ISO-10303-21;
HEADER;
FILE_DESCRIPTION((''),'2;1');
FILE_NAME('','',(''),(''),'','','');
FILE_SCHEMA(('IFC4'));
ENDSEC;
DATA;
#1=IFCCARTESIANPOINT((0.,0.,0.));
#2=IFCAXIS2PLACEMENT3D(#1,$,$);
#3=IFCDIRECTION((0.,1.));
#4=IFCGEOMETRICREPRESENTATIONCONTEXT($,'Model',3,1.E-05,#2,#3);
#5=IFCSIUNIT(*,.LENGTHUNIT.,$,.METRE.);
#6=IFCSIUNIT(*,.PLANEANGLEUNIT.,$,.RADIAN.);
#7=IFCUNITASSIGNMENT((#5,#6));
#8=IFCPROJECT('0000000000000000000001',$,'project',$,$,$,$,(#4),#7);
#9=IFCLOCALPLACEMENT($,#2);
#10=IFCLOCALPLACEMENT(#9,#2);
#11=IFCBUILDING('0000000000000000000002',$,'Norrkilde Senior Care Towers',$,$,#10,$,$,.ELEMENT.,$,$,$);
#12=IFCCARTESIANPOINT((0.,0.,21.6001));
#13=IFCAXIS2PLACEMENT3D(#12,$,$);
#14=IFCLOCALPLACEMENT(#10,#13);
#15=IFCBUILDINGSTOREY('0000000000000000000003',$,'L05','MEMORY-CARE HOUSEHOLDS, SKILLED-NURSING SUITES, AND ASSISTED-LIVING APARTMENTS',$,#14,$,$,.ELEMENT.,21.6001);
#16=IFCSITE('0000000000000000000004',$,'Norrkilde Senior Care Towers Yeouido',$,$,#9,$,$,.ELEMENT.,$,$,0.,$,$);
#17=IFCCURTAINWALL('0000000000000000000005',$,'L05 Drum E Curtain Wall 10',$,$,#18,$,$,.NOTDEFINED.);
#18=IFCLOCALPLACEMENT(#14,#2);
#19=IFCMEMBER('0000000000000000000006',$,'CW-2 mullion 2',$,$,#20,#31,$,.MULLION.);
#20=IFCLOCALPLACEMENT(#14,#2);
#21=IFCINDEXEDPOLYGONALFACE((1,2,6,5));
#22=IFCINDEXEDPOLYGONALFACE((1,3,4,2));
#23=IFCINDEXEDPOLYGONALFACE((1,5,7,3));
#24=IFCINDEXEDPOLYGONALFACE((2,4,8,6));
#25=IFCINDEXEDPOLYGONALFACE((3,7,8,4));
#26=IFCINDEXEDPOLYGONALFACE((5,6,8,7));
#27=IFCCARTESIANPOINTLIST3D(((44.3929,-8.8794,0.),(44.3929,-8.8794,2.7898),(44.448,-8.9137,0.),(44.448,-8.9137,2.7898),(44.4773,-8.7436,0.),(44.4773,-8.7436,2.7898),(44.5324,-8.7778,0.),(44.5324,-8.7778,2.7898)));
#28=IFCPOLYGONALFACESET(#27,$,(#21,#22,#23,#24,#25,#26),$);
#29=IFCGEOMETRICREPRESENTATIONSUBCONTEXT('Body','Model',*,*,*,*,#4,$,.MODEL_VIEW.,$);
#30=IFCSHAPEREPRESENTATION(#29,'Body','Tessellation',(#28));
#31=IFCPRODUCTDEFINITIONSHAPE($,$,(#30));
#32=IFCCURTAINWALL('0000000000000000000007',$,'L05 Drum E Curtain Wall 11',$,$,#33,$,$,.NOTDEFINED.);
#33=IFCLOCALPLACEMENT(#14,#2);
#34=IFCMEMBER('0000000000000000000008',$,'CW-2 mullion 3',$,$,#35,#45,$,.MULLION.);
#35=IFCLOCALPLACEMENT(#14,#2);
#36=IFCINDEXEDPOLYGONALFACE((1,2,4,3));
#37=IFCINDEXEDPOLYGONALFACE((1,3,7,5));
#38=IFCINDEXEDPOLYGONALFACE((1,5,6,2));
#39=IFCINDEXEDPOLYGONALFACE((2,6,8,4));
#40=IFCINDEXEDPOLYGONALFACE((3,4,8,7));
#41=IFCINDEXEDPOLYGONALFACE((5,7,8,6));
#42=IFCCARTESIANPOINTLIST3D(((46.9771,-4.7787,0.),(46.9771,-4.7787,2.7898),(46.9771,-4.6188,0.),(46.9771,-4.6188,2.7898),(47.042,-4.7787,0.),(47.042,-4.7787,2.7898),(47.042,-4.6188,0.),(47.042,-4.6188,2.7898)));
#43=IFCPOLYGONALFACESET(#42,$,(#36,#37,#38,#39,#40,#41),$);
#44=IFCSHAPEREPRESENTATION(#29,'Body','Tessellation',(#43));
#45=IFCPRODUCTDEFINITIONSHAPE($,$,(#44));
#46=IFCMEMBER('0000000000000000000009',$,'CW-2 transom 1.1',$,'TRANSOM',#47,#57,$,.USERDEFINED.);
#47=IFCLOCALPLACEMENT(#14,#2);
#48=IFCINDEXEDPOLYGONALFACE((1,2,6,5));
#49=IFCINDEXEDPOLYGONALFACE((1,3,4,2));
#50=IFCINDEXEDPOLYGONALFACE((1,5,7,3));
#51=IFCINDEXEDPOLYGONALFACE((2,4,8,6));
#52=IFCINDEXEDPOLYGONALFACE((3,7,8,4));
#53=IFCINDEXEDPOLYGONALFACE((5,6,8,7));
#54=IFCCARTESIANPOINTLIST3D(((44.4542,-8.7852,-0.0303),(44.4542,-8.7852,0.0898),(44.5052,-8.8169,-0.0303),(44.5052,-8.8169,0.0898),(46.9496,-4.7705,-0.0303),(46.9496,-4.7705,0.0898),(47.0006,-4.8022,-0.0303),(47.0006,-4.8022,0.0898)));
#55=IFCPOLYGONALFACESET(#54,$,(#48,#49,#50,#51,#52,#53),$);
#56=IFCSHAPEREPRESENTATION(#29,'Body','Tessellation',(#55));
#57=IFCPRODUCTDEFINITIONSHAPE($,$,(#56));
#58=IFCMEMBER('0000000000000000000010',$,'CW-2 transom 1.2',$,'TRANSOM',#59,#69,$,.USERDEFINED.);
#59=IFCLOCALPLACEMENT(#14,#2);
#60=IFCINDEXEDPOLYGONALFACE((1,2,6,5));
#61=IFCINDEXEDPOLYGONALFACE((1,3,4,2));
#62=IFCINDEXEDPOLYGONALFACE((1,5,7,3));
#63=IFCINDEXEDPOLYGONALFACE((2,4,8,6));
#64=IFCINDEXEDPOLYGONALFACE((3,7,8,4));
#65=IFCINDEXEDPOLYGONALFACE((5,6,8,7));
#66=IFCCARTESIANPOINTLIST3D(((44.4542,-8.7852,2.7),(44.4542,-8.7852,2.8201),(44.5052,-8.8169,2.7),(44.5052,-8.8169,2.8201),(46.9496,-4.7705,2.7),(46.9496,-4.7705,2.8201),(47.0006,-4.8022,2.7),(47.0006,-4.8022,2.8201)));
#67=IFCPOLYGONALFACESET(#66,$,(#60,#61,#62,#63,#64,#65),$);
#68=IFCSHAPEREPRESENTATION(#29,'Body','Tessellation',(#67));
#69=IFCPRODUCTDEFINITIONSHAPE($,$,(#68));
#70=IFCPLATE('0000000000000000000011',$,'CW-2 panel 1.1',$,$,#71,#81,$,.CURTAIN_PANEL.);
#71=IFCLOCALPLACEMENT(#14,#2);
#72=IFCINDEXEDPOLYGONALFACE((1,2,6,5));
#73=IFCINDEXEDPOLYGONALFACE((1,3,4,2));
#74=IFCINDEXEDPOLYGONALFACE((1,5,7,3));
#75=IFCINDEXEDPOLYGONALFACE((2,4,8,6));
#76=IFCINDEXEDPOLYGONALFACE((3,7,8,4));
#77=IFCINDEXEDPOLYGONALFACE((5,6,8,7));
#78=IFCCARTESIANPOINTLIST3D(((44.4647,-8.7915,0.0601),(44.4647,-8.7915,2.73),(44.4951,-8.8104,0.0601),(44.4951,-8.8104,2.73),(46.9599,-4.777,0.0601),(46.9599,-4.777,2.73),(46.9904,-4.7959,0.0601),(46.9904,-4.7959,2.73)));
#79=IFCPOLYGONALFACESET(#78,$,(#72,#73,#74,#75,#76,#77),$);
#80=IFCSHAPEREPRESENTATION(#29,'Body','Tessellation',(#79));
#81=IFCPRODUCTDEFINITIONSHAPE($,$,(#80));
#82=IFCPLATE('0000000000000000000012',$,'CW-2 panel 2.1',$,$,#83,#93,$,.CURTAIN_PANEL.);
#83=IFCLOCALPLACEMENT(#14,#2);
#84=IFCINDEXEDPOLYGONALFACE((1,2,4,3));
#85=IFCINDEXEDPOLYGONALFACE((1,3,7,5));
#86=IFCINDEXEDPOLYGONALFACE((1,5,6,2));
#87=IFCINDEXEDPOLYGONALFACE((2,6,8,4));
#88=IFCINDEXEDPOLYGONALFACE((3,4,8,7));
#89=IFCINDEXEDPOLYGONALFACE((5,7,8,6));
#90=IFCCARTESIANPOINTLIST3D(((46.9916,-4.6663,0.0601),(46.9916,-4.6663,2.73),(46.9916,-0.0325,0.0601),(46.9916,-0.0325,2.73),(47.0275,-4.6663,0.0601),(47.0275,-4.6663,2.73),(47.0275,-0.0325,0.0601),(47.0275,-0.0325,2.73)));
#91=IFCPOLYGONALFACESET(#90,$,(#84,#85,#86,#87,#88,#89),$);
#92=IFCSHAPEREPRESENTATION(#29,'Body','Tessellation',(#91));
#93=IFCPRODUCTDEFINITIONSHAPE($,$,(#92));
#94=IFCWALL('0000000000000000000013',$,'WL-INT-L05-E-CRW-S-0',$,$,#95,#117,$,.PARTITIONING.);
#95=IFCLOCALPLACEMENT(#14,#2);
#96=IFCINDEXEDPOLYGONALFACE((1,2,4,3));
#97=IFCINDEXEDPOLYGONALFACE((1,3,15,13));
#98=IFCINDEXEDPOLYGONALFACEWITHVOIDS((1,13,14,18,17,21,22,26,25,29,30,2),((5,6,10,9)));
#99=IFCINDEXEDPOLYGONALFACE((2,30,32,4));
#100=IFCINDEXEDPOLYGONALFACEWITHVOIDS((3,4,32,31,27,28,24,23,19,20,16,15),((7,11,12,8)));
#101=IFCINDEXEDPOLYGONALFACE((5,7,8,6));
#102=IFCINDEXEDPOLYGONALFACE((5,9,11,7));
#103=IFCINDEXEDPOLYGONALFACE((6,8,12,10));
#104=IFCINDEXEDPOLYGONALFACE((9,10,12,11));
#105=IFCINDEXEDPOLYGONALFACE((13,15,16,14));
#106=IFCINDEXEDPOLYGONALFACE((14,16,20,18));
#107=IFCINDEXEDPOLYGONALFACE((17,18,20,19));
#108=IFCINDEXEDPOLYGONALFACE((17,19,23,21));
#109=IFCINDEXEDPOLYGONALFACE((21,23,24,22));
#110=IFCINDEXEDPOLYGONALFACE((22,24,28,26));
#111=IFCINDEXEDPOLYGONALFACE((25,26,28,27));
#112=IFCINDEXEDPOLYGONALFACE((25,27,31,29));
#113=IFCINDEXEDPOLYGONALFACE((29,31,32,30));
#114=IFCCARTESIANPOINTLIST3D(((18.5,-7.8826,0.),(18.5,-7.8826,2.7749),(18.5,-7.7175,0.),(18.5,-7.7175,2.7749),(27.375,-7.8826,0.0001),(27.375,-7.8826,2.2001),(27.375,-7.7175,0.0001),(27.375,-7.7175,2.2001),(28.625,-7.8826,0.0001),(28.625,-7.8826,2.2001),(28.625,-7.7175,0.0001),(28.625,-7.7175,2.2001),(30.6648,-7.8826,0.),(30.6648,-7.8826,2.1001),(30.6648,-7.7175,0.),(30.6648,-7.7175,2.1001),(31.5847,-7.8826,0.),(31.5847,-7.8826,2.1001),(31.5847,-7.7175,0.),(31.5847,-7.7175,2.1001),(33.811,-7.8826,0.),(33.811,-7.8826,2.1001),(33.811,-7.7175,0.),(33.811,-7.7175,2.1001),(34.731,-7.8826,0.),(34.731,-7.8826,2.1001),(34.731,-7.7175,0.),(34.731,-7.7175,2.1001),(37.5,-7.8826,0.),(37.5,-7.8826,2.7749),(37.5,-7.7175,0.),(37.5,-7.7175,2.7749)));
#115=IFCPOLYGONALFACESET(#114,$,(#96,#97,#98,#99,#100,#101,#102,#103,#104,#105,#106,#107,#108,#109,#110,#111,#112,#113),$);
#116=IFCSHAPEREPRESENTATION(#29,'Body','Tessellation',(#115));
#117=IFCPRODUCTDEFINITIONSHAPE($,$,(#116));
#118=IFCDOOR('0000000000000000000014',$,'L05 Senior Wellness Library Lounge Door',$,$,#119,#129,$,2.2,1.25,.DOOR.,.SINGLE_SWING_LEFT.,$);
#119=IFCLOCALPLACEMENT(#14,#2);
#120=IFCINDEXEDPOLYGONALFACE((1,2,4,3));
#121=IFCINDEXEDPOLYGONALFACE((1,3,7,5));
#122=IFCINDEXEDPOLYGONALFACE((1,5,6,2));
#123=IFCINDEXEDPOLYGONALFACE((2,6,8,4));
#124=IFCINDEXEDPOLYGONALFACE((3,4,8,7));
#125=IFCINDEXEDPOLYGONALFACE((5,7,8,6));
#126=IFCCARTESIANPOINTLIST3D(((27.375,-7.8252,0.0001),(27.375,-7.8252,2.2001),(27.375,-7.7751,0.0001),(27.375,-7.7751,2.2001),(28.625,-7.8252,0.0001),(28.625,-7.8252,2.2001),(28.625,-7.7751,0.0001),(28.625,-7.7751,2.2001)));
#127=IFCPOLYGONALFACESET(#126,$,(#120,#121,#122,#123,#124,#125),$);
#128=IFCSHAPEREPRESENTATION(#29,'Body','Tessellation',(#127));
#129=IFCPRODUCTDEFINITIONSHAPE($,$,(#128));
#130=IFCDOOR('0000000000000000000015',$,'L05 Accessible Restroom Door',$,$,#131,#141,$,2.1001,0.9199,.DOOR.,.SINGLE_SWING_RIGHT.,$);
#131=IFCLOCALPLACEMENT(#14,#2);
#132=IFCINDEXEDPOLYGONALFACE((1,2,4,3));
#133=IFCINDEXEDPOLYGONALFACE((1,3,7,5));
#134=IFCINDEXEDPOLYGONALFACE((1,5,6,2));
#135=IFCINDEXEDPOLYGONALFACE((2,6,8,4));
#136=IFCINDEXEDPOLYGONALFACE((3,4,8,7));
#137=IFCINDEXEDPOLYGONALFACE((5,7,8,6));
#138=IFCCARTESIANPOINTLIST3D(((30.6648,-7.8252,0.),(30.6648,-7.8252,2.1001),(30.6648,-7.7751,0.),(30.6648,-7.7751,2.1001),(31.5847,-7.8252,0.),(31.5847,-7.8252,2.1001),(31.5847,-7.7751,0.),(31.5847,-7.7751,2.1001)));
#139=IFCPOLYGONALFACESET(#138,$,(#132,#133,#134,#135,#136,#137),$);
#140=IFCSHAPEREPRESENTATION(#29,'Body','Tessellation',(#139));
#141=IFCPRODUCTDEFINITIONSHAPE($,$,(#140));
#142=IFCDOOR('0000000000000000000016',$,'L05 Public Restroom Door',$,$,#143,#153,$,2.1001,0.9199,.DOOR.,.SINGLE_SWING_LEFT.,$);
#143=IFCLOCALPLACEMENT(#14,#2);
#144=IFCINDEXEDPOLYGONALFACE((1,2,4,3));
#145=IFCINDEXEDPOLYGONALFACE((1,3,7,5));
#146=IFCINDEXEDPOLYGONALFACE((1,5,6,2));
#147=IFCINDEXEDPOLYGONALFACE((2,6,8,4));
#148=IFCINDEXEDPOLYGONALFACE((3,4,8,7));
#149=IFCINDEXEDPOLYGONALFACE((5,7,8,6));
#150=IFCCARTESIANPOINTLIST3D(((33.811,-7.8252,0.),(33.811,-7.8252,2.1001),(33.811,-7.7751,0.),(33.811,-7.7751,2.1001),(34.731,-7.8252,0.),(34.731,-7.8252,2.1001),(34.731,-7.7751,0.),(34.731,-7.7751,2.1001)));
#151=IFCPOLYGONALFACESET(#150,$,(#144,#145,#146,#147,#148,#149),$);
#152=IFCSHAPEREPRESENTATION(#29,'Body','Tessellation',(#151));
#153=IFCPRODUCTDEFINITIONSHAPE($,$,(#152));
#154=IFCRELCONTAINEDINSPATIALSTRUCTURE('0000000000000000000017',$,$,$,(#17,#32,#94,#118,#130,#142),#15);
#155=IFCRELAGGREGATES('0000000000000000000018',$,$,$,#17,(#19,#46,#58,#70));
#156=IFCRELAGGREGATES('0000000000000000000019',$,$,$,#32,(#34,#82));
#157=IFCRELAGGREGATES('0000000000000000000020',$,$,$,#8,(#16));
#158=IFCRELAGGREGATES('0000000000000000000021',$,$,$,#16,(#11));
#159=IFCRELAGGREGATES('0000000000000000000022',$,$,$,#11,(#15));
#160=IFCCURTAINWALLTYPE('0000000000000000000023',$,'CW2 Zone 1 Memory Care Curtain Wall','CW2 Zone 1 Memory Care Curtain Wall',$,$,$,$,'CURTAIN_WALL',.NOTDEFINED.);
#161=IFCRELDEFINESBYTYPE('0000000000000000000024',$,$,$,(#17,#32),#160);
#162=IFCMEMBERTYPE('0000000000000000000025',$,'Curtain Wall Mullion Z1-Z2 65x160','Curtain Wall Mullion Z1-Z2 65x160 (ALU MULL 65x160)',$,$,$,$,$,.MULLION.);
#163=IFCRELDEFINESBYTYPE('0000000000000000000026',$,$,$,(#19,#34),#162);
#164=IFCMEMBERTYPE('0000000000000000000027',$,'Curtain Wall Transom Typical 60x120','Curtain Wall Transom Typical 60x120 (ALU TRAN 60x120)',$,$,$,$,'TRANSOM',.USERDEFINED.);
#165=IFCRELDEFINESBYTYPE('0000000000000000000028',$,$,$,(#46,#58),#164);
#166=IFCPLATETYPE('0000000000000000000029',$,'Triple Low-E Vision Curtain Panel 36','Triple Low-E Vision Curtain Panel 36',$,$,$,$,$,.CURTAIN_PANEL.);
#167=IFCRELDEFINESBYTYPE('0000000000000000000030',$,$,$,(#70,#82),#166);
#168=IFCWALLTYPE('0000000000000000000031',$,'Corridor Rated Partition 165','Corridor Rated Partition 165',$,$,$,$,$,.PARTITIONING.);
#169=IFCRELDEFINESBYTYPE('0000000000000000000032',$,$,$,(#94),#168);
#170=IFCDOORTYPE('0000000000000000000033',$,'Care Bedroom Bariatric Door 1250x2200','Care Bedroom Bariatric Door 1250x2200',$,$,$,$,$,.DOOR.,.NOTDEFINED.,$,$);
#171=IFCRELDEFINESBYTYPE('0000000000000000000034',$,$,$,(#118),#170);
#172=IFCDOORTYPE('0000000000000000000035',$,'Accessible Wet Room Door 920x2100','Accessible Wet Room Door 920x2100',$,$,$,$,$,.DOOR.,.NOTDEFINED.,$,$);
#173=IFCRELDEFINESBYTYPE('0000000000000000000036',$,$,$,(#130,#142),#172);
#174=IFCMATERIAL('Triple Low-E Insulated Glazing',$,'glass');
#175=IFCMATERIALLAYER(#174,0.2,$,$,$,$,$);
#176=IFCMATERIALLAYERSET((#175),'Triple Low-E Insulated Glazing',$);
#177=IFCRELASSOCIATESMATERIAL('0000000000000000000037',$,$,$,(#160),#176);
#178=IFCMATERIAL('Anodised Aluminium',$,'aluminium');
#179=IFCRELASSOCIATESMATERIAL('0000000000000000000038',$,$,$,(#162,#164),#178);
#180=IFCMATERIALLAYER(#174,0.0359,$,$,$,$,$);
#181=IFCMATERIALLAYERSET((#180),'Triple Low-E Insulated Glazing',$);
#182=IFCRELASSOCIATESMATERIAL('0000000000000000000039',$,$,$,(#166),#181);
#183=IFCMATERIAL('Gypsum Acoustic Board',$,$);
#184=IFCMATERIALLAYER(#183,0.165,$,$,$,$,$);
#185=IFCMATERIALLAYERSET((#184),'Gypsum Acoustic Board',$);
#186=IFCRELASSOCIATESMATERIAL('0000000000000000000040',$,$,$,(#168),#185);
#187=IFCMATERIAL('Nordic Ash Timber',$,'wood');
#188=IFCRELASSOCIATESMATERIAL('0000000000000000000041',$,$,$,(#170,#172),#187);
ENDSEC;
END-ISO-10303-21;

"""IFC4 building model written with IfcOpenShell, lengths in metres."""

from ifc_helpers import new_model, si_unit, direction, frame, frame_2d, origin, origin_2d, place, context, subcontext, project, spatial, rectangle, extrude, source, transform, mapped, material, layer, layer_set, material_profile, profile_set, type_object, type_shapes, element, fill, aggregate, save


model = new_model("IFC4")

# Units and contexts
model_context = context("Model", 3, precision=1e-05, world=origin(), true_north=direction((0.0, 1.0)))
body_context = subcontext(model_context, "Body", "Model", "MODEL_VIEW")
ifc_project = project(units=[si_unit("LENGTHUNIT", "METRE"), si_unit("PLANEANGLEUNIT", "RADIAN")], contexts=[model_context])

# Site, building, storey
site_placement = place(None, origin())
site = spatial("IfcSite", under=ifc_project, at=site_placement, Name="Norrkilde Senior Care Towers Yeouido", CompositionType="ELEMENT", RefElevation=0.0)
building_placement = place(site_placement, origin())
building = spatial("IfcBuilding", under=site, at=building_placement, Name="Norrkilde Senior Care Towers", CompositionType="ELEMENT")
storey_placement = place(building_placement, frame((0.0, 0.0, 21.6001)))
storey = spatial("IfcBuildingStorey", under=building, at=storey_placement, Name="L05", Description="MEMORY-CARE HOUSEHOLDS, SKILLED-NURSING SUITES, AND ASSISTED-LIVING APARTMENTS", CompositionType="ELEMENT", Elevation=21.6001)

# Curtain wall, member
ifc_material_1 = material(Name="Triple Low-E Insulated Glazing", Category="glass")
ifc_layer_1 = layer(ifc_material_1, 0.2)
ifc_layer_set_1 = layer_set([ifc_layer_1], Name="Triple Low-E Insulated Glazing")
curtain_wall_type = type_object("IfcCurtainWallType", Name="CW2 Zone 1 Memory Care Curtain Wall", Description="CW2 Zone 1 Memory Care Curtain Wall", ElementType="CURTAIN_WALL", PredefinedType="NOTDEFINED", material=ifc_layer_set_1)
curtain_wall_1_placement = place(storey_placement, origin())
curtain_wall_1 = element("IfcCurtainWall", 1, at=curtain_wall_1_placement, inside=storey, type_object=curtain_wall_type, Name="L05 Drum E Curtain Wall 10", PredefinedType="NOTDEFINED")
ifc_material_2 = material(Name="Anodised Aluminium", Category="aluminium")
ifc_material_profile_1 = material_profile(ifc_material_2, rectangle(XDim=0.0649, YDim=0.1599, at=origin_2d()), Name="ALU MULL 65x160")
ifc_profile_set_1 = profile_set([ifc_material_profile_1], Name="Anodised Aluminium")
member_type_1 = type_object("IfcMemberType", Name="Curtain Wall Mullion Z1-Z2 65x160", Description="Curtain Wall Mullion Z1-Z2 65x160 (ALU MULL 65x160)", PredefinedType="MULLION", material=ifc_profile_set_1)
shared_shape_1 = source(origin(), body_context, "Body", "SweptSolid", [
    extrude(rectangle(XDim=0.0649, YDim=0.1599, at=origin_2d()), origin(), (0.0, 0.0, 1.0), 2.7898),
])
type_shapes(member_type_1, [shared_shape_1])
member_1_placement = place(storey_placement, frame((44.4626, -8.8286, 0.0), z_axis=(0.0, 0.0, 1.0), x_axis=(0.849306, -0.527901, 0.0)))
member_1 = element("IfcMember", 2, at=member_1_placement, type_object=member_type_1, Name="CW-2 mullion 2", PredefinedType="MULLION", context=body_context, shape_type="MappedRepresentation", body=[
    mapped(shared_shape_1, transform((0.0, 0.0, 0.0), x_axis=(1.0, 0.0, 0.0), y_axis=(0.0, 1.0, 0.0), z_axis=(0.0, 0.0, 1.0), scale=1.0)),
])

# Curtain wall, member
curtain_wall_2_placement = place(storey_placement, origin())
curtain_wall_2 = element("IfcCurtainWall", 3, at=curtain_wall_2_placement, inside=storey, type_object=curtain_wall_type, Name="L05 Drum E Curtain Wall 11", PredefinedType="NOTDEFINED")
member_2_placement = place(storey_placement, frame((47.0095, -4.6987, 0.0), z_axis=(0.0, 0.0, 1.0), x_axis=(1.0, 0.0, 0.0)))
member_2 = element("IfcMember", 4, at=member_2_placement, type_object=member_type_1, Name="CW-2 mullion 3", PredefinedType="MULLION", context=body_context, shape_type="MappedRepresentation", body=[
    mapped(shared_shape_1, transform((0.0, 0.0, 0.0), x_axis=(1.0, 0.0, 0.0), y_axis=(0.0, 1.0, 0.0), z_axis=(0.0, 0.0, 1.0), scale=1.0)),
])

# Members
ifc_material_profile_2 = material_profile(ifc_material_2, rectangle(XDim=0.0601, YDim=0.1201, at=origin_2d()), Name="ALU TRAN 60x120")
ifc_profile_set_2 = profile_set([ifc_material_profile_2], Name="Anodised Aluminium")
member_type_2 = type_object("IfcMemberType", Name="Curtain Wall Transom Typical 60x120", Description="Curtain Wall Transom Typical 60x120 (ALU TRAN 60x120)", ElementType="TRANSOM", PredefinedType="USERDEFINED", material=ifc_profile_set_2)
shared_shape_2 = source(origin(), body_context, "Body", "SweptSolid", [
    extrude(rectangle(XDim=0.0601, YDim=0.1201, at=origin_2d()), origin(), (0.0, 0.0, 1.0), 4.7271),
])
type_shapes(member_type_2, [shared_shape_2])
member_3_placement = place(storey_placement, frame((46.9751, -4.7864, 0.0298), z_axis=(-0.527899, -0.849307, 0.0), x_axis=(0.849307, -0.527899, 0.0)))
member_3 = element("IfcMember", 5, at=member_3_placement, type_object=member_type_2, Name="CW-2 transom 1.1", ObjectType="TRANSOM", PredefinedType="USERDEFINED", context=body_context, shape_type="MappedRepresentation", body=[
    mapped(shared_shape_2, transform((0.0, 0.0, 0.0), x_axis=(1.0, 0.0, 0.0), y_axis=(0.0, 1.0, 0.0), z_axis=(0.0, 0.0, 1.0), scale=1.0)),
])
member_4_placement = place(storey_placement, frame((46.9751, -4.7864, 2.76), z_axis=(-0.527899, -0.849307, 0.0), x_axis=(0.849307, -0.527899, 0.0)))
member_4 = element("IfcMember", 6, at=member_4_placement, type_object=member_type_2, Name="CW-2 transom 1.2", ObjectType="TRANSOM", PredefinedType="USERDEFINED", context=body_context, shape_type="MappedRepresentation", body=[
    mapped(shared_shape_2, transform((0.0, 0.0, 0.0), x_axis=(1.0, 0.0, 0.0), y_axis=(0.0, 1.0, 0.0), z_axis=(0.0, 0.0, 1.0), scale=1.0)),
])

# Plates
ifc_layer_2 = layer(ifc_material_1, 0.0359)
ifc_layer_set_2 = layer_set([ifc_layer_2], Name="Triple Low-E Insulated Glazing")
plate_type = type_object("IfcPlateType", Name="Triple Low-E Vision Curtain Panel 36", Description="Triple Low-E Vision Curtain Panel 36", PredefinedType="CURTAIN_PANEL", material=ifc_layer_set_2)
shared_shape_3 = source(origin(), body_context, "Body", "SweptSolid", [
    extrude(rectangle(XDim=4.7268, YDim=0.0359, at=origin_2d()), origin(), (0.0, 0.0, 1.0), 2.6699),
])
plate_1_placement = place(storey_placement, frame((45.7275, -6.7937, 0.0601), z_axis=(0.0, 0.0, 1.0), x_axis=(-0.527901, -0.849306, 0.0)))
plate_1 = element("IfcPlate", 7, at=plate_1_placement, type_object=plate_type, Name="CW-2 panel 1.1", PredefinedType="CURTAIN_PANEL", context=body_context, shape_type="MappedRepresentation", body=[
    mapped(shared_shape_3, transform((0.0, 0.0, 0.0), x_axis=(1.0, 0.0, 0.0), y_axis=(0.0, 1.0, 0.0), z_axis=(0.0, 0.0, 1.0), scale=1.0)),
])
aggregate(curtain_wall_1, [member_1, member_3, member_4, plate_1])
shared_shape_4 = source(origin(), body_context, "Body", "SweptSolid", [
    extrude(rectangle(XDim=4.6338, YDim=0.0359, at=origin_2d()), origin(), (0.0, 0.0, 1.0), 2.6699),
])
type_shapes(plate_type, [shared_shape_3, shared_shape_4])
plate_2_placement = place(storey_placement, frame((47.0095, -2.3494, 0.0601), z_axis=(0.0, 0.0, 1.0), x_axis=(0.0, -1.0, 0.0)))
plate_2 = element("IfcPlate", 8, at=plate_2_placement, type_object=plate_type, Name="CW-2 panel 2.1", PredefinedType="CURTAIN_PANEL", context=body_context, shape_type="MappedRepresentation", body=[
    mapped(shared_shape_4, transform((0.0, 0.0, 0.0), x_axis=(1.0, 0.0, 0.0), y_axis=(0.0, 1.0, 0.0), z_axis=(0.0, 0.0, 1.0), scale=1.0)),
])
aggregate(curtain_wall_2, [member_2, plate_2])

# Wall, openings, doors
ifc_material_3 = material(Name="Gypsum Acoustic Board")
ifc_layer_3 = layer(ifc_material_3, 0.165)
ifc_layer_set_3 = layer_set([ifc_layer_3], Name="Gypsum Acoustic Board")
wall_type_1 = type_object("IfcWallType", Name="Corridor Rated Partition 165", Description="Corridor Rated Partition 165", PredefinedType="PARTITIONING", material=ifc_layer_set_3)
shared_shape_5 = source(origin(), body_context, "Body", "SweptSolid", [
    extrude(rectangle(XDim=19.0, YDim=0.165, at=frame_2d((9.5, 0.0))), origin(), (0.0, 0.0, 1.0), 2.7749),
])
type_shapes(wall_type_1, [shared_shape_5])
wall_1_placement = place(storey_placement, frame((37.5, -7.8, 0.0), z_axis=(0.0, 0.0, 1.0), x_axis=(-1.0, 0.0, 0.0)))
wall_1 = element("IfcWall", 9, at=wall_1_placement, inside=storey, type_object=wall_type_1, Name="WL-INT-L05-E-CRW-S-0", PredefinedType="PARTITIONING", context=body_context, shape_type="MappedRepresentation", body=[
    mapped(shared_shape_5, transform((0.0, 0.0, 0.0), x_axis=(1.0, 0.0, 0.0), y_axis=(0.0, 1.0, 0.0), z_axis=(0.0, 0.0, 1.0), scale=1.0)),
])
opening_1_placement = place(wall_1_placement, frame((8.875, 0.0, 0.0)))
opening_1 = element("IfcOpeningElement", 10, at=opening_1_placement, cuts=wall_1, PredefinedType="OPENING", context=body_context, shape_type="SweptSolid", body=[
    extrude(rectangle(XDim=1.25, YDim=2.2, at=frame_2d((0.625, 1.1001))), frame((0.0, 0.0925, 0.0), z_axis=(0.0, -1.0, 0.0), x_axis=(1.0, 0.0, 0.0)), (0.0, 0.0, 1.0), 0.1851),
])
opening_2_placement = place(wall_1_placement, frame((5.9153, 0.0, 0.0)))
opening_2 = element("IfcOpeningElement", 11, at=opening_2_placement, cuts=wall_1, PredefinedType="OPENING", context=body_context, shape_type="SweptSolid", body=[
    extrude(rectangle(XDim=0.9199, YDim=2.1001, at=frame_2d((0.46, 1.05))), frame((0.0, 0.0925, 0.0), z_axis=(0.0, -1.0, 0.0), x_axis=(1.0, 0.0, 0.0)), (0.0, 0.0, 1.0), 0.1851),
])
opening_3_placement = place(wall_1_placement, frame((2.769, 0.0, 0.0)))
opening_3 = element("IfcOpeningElement", 12, at=opening_3_placement, cuts=wall_1, PredefinedType="OPENING", context=body_context, shape_type="SweptSolid", body=[
    extrude(rectangle(XDim=0.9199, YDim=2.1001, at=frame_2d((0.46, 1.05))), frame((0.0, 0.0925, 0.0), z_axis=(0.0, -1.0, 0.0), x_axis=(1.0, 0.0, 0.0)), (0.0, 0.0, 1.0), 0.1851),
])
ifc_material_4 = material(Name="Nordic Ash Timber", Category="wood")
door_type_1 = type_object("IfcDoorType", Name="Care Bedroom Bariatric Door 1250x2200", Description="Care Bedroom Bariatric Door 1250x2200", OperationType="NOTDEFINED", PredefinedType="DOOR", material=ifc_material_4)
shared_shape_6 = source(origin(), body_context, "Body", "SweptSolid", [
    extrude(rectangle(XDim=1.25, YDim=2.2, at=frame_2d((0.625, 1.1001))), frame((0.0, 0.0249, 0.0), z_axis=(0.0, -1.0, 0.0), x_axis=(1.0, 0.0, 0.0)), (0.0, 0.0, 1.0), 0.05),
])
type_shapes(door_type_1, [shared_shape_6])
door_1_placement = place(opening_1_placement, frame((1.25, 0.0, 0.0), z_axis=(0.0, 0.0, 1.0), x_axis=(-1.0, 0.0, 0.0)))
door_1 = element("IfcDoor", 13, at=door_1_placement, inside=storey, type_object=door_type_1, Name="L05 Senior Wellness Library Lounge Door", OperationType="SINGLE_SWING_LEFT", OverallHeight=2.2, OverallWidth=1.25, PredefinedType="DOOR", context=body_context, shape_type="MappedRepresentation", body=[
    mapped(shared_shape_6, transform((0.0, 0.0, 0.0), x_axis=(1.0, 0.0, 0.0), y_axis=(0.0, 1.0, 0.0), z_axis=(0.0, 0.0, 1.0), scale=1.0)),
])
fill(opening_1, door_1)
door_type_2 = type_object("IfcDoorType", Name="Accessible Wet Room Door 920x2100", Description="Accessible Wet Room Door 920x2100", OperationType="NOTDEFINED", PredefinedType="DOOR", material=ifc_material_4)
shared_shape_7 = source(origin(), body_context, "Body", "SweptSolid", [
    extrude(rectangle(XDim=0.9199, YDim=2.1001, at=frame_2d((0.46, 1.05))), frame((0.0, 0.0249, 0.0), z_axis=(0.0, -1.0, 0.0), x_axis=(1.0, 0.0, 0.0)), (0.0, 0.0, 1.0), 0.05),
])
type_shapes(door_type_2, [shared_shape_7])
door_2_placement = place(opening_2_placement, frame((0.9199, 0.0, 0.0), z_axis=(0.0, 0.0, 1.0), x_axis=(-1.0, 0.0, 0.0)))
door_2 = element("IfcDoor", 14, at=door_2_placement, inside=storey, type_object=door_type_2, Name="L05 Accessible Restroom Door", OperationType="SINGLE_SWING_RIGHT", OverallHeight=2.1001, OverallWidth=0.9199, PredefinedType="DOOR", context=body_context, shape_type="MappedRepresentation", body=[
    mapped(shared_shape_7, transform((0.0, 0.0, 0.0), x_axis=(1.0, 0.0, 0.0), y_axis=(0.0, 1.0, 0.0), z_axis=(0.0, 0.0, 1.0), scale=1.0)),
])
fill(opening_2, door_2)
door_3_placement = place(opening_3_placement, frame((0.9199, 0.0, 0.0), z_axis=(0.0, 0.0, 1.0), x_axis=(-1.0, 0.0, 0.0)))
door_3 = element("IfcDoor", 15, at=door_3_placement, inside=storey, type_object=door_type_2, Name="L05 Public Restroom Door", OperationType="SINGLE_SWING_LEFT", OverallHeight=2.1001, OverallWidth=0.9199, PredefinedType="DOOR", context=body_context, shape_type="MappedRepresentation", body=[
    mapped(shared_shape_7, transform((0.0, 0.0, 0.0), x_axis=(1.0, 0.0, 0.0), y_axis=(0.0, 1.0, 0.0), z_axis=(0.0, 0.0, 1.0), scale=1.0)),
])
fill(opening_3, door_3)

save(model, "model.ifc")
